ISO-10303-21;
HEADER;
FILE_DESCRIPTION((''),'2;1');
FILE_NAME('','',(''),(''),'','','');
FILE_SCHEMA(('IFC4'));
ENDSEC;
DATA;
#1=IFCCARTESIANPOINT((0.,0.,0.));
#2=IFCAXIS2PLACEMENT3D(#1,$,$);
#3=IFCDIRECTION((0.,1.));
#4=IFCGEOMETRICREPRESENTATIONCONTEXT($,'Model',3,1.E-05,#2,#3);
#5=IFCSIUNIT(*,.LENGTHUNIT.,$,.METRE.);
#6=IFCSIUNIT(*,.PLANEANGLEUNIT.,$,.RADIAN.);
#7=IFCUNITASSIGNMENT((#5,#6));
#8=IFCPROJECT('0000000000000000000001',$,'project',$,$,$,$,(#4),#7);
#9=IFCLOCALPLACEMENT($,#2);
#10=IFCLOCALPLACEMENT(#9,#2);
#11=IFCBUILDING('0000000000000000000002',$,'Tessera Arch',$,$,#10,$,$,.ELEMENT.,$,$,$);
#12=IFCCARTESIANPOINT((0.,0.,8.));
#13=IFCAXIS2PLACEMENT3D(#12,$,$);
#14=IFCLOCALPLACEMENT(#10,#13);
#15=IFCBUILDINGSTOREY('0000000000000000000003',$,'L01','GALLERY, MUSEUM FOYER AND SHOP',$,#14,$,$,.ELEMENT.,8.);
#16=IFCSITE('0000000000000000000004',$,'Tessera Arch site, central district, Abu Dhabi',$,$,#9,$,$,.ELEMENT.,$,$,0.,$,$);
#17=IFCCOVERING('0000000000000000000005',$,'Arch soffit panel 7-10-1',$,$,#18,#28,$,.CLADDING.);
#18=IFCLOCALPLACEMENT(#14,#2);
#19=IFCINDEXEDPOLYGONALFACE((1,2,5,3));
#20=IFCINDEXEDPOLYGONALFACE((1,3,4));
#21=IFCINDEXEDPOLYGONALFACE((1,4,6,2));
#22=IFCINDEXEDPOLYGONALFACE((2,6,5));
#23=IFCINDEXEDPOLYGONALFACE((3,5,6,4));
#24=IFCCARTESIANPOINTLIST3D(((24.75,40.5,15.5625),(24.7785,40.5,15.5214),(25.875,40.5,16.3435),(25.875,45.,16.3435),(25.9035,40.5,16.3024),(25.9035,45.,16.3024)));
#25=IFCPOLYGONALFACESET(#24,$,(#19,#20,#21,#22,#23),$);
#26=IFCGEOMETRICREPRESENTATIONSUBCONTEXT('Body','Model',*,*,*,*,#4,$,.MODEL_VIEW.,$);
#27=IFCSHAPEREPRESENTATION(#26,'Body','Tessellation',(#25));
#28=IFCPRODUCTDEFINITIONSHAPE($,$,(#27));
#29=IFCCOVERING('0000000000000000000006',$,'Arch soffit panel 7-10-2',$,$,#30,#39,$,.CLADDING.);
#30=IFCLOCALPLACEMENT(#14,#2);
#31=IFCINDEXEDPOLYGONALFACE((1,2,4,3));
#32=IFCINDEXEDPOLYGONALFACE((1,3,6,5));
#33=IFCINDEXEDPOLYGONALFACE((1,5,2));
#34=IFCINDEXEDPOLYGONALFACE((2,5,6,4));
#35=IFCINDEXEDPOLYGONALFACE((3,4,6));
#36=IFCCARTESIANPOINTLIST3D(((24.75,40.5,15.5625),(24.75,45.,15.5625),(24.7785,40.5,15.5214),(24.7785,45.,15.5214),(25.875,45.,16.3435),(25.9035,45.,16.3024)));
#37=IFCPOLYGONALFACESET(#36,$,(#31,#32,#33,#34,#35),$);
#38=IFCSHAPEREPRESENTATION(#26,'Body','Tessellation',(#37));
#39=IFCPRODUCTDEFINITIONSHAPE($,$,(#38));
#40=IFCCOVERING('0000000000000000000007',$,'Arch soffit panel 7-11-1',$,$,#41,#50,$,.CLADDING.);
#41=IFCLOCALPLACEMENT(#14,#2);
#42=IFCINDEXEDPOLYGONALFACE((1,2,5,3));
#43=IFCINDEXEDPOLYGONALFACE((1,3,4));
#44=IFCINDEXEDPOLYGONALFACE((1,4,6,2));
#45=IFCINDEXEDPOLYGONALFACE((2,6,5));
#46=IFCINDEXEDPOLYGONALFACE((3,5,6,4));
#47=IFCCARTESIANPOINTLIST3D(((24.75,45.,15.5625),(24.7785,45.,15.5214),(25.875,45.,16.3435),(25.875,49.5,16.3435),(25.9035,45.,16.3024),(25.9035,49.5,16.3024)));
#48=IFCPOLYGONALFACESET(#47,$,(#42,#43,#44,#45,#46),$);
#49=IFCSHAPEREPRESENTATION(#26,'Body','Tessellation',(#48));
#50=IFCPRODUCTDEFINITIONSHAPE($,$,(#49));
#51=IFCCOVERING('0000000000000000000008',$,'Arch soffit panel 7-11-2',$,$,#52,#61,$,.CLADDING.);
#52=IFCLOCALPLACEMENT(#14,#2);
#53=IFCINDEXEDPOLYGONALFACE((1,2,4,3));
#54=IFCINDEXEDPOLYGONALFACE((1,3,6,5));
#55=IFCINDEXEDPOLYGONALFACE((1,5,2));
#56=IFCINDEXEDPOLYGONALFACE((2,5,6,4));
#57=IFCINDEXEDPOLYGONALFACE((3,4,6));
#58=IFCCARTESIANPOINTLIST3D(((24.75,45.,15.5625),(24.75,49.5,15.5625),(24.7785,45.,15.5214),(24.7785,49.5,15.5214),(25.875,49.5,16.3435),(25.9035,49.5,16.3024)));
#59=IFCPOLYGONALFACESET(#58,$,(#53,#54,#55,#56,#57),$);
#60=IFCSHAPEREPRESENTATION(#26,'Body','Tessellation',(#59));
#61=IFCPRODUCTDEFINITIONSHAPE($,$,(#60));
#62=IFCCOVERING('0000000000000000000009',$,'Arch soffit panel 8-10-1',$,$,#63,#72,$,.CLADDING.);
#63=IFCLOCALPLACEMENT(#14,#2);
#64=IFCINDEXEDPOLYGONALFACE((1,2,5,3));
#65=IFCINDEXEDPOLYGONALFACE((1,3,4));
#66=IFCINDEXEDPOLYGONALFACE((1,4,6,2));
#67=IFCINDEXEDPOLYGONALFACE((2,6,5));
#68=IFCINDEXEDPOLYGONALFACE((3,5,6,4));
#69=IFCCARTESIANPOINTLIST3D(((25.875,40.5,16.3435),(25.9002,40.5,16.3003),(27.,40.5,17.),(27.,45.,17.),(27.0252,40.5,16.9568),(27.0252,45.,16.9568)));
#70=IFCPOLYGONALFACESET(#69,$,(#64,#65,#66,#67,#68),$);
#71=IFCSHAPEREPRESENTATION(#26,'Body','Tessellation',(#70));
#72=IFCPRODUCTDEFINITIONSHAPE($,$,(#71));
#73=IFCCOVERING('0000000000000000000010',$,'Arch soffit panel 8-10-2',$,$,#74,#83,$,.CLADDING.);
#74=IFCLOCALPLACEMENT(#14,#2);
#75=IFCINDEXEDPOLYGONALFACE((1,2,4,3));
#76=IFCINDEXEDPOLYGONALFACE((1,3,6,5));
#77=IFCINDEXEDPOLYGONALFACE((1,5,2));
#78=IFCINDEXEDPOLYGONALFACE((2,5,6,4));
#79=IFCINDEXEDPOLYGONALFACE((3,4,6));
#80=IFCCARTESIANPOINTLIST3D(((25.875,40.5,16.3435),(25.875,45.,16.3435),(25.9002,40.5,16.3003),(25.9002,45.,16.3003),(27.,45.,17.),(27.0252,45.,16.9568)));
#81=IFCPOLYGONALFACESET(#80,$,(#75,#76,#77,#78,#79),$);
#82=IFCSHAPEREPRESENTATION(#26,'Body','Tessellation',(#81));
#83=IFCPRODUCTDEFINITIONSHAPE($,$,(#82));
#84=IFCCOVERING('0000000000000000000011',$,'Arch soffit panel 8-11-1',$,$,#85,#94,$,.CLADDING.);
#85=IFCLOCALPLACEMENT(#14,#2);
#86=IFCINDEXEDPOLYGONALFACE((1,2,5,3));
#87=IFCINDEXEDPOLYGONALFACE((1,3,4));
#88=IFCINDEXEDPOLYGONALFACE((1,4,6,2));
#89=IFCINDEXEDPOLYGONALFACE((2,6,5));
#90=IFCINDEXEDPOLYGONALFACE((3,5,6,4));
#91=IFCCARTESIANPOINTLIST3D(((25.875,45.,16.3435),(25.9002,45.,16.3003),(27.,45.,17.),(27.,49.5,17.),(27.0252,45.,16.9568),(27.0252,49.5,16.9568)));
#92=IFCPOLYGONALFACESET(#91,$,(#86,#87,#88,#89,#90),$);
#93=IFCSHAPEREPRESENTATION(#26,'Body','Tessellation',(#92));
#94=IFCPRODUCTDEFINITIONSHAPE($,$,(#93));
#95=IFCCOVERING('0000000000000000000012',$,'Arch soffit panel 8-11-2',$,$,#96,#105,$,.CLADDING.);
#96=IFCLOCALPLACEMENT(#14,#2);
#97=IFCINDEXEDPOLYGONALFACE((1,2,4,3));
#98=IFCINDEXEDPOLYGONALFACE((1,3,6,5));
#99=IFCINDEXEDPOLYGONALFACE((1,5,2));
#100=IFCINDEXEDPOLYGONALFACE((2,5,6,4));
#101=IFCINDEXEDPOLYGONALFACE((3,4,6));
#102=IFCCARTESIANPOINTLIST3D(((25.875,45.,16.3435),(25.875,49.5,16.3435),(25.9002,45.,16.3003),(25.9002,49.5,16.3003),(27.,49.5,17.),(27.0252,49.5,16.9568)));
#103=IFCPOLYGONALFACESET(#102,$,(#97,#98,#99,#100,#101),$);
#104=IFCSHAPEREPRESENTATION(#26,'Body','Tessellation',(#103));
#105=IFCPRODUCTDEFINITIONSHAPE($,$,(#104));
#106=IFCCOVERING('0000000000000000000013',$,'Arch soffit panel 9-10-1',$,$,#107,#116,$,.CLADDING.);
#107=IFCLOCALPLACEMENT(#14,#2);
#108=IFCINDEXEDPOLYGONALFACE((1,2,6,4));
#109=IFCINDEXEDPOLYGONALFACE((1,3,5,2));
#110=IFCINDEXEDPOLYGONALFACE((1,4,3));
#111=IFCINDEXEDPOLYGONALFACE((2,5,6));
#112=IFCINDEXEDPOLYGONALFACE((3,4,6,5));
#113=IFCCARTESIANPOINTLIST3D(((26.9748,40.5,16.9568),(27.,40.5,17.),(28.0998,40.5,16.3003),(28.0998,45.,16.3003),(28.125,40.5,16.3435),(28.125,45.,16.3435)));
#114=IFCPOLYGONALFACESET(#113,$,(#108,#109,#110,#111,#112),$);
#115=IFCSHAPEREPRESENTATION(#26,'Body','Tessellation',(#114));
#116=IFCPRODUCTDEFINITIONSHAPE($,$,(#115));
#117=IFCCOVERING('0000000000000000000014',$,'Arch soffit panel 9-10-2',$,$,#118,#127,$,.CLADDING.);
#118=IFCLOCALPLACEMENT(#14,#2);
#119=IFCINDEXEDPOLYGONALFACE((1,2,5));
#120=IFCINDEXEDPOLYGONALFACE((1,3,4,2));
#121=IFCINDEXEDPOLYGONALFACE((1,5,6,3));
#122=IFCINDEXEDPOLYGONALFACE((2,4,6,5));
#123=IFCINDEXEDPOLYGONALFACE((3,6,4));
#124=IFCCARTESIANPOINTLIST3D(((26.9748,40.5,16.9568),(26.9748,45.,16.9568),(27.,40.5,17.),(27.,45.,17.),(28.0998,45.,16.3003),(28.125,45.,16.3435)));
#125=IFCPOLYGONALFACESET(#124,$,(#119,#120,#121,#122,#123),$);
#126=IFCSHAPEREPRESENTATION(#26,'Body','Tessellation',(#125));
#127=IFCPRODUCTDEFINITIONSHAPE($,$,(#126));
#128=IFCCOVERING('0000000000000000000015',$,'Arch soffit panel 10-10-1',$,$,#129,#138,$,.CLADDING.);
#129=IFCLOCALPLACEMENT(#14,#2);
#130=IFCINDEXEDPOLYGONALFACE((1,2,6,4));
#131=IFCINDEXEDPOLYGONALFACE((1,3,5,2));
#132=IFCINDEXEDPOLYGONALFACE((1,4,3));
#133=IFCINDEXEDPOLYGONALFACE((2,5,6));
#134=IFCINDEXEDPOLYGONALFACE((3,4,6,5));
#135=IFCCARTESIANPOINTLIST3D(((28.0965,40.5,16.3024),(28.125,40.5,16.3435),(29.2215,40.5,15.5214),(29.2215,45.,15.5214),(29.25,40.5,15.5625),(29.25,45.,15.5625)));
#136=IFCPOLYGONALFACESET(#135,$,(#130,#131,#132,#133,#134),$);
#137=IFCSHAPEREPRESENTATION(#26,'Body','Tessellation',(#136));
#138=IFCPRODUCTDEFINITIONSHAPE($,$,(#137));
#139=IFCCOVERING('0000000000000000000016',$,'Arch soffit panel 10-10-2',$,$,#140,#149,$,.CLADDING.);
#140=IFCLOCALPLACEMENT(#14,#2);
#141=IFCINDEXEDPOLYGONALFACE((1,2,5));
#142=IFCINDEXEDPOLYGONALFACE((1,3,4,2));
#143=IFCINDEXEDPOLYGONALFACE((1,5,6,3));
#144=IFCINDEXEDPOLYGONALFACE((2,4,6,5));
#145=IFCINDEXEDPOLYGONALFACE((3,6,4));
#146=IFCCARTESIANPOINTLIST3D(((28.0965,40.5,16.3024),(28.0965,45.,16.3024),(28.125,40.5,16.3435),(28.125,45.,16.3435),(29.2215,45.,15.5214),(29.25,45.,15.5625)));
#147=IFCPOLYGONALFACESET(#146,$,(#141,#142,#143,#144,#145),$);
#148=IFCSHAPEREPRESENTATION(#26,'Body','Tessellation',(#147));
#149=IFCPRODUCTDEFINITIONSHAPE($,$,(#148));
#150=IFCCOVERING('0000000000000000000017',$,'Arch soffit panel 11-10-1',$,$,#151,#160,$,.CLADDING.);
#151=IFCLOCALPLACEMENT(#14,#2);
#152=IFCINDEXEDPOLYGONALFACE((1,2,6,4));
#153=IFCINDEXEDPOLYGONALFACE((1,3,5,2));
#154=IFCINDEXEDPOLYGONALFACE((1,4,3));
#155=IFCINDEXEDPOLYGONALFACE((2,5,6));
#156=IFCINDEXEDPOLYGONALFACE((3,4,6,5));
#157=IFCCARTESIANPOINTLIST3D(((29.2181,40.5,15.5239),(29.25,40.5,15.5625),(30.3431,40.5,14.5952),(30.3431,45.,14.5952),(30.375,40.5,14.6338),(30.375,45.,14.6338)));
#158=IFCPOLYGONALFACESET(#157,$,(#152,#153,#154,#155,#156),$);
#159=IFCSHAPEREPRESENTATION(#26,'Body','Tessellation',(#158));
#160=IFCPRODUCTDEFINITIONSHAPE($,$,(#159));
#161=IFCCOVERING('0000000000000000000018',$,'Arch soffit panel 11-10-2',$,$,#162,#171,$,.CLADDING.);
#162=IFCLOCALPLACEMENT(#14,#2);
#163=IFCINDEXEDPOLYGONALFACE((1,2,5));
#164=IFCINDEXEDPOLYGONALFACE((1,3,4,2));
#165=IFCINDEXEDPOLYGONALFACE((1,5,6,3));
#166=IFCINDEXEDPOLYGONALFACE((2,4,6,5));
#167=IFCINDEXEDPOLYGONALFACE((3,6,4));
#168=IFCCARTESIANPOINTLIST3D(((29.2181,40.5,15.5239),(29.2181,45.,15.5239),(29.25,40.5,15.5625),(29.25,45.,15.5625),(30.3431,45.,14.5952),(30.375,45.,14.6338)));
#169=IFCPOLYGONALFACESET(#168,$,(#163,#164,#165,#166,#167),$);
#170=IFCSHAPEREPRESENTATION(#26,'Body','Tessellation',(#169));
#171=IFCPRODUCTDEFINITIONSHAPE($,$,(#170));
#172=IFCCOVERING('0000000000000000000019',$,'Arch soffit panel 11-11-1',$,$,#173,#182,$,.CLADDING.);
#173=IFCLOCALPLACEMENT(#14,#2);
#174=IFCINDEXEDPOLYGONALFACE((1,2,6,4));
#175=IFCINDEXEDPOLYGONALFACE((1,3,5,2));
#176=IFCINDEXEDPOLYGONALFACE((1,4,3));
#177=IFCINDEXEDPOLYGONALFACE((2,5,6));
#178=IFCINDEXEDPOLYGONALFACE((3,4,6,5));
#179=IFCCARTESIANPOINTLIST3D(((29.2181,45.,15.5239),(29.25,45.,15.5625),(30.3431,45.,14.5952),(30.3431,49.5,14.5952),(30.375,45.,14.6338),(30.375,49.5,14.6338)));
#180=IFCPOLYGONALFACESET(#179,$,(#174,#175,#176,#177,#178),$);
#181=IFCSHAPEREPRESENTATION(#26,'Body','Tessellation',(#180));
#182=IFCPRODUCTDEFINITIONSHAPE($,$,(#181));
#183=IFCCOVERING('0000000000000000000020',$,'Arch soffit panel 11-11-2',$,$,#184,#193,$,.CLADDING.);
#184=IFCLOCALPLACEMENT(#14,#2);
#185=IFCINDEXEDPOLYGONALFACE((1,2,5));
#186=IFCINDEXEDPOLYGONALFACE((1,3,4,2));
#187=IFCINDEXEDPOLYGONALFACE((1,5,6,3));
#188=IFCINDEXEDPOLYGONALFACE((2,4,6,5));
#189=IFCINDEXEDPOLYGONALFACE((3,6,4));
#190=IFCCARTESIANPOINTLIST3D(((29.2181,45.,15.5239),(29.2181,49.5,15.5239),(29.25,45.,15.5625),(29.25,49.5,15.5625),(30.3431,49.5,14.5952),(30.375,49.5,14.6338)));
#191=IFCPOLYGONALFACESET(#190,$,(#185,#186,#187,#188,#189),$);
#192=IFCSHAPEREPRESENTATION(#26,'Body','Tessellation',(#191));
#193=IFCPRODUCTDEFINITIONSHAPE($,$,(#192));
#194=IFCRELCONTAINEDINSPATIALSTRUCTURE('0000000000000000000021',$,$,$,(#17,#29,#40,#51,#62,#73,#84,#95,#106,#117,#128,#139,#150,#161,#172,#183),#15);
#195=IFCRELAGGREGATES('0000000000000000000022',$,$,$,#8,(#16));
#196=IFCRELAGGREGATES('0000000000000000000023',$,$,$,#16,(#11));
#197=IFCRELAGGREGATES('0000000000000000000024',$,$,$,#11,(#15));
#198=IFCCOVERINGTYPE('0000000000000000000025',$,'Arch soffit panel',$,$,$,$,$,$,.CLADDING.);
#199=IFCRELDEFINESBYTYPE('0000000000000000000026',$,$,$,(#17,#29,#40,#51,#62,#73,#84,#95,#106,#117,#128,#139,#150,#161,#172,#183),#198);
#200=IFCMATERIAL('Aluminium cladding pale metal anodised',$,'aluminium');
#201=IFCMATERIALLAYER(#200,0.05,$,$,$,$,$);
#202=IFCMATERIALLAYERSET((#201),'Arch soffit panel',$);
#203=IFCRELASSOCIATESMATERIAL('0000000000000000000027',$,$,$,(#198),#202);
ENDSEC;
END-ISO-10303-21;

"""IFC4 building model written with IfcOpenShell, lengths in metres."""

from ifc_helpers import new_model, si_unit, direction, frame, origin, place, context, subcontext, project, spatial, polyline, outline, extrude, material, layer, layer_set, type_object, element, save


model = new_model("IFC4")

# Units and contexts
model_context = context("Model", 3, precision=1e-05, world=origin(), true_north=direction((0.0, 1.0)))
body_context = subcontext(model_context, "Body", "Model", "MODEL_VIEW")
ifc_project = project(units=[si_unit("LENGTHUNIT", "METRE"), si_unit("PLANEANGLEUNIT", "RADIAN")], contexts=[model_context])

# Site, building, storey
site_placement = place(None, origin())
site = spatial("IfcSite", under=ifc_project, at=site_placement, Name="Tessera Arch site, central district, Abu Dhabi", CompositionType="ELEMENT", RefElevation=0.0)
building_placement = place(site_placement, origin())
building = spatial("IfcBuilding", under=site, at=building_placement, Name="Tessera Arch", CompositionType="ELEMENT")
storey_placement = place(building_placement, frame((0.0, 0.0, 8.0)))
storey = spatial("IfcBuildingStorey", under=building, at=storey_placement, Name="L01", Description="GALLERY, MUSEUM FOYER AND SHOP", CompositionType="ELEMENT", Elevation=8.0)

# Coverings
ifc_material = material(Name="Aluminium cladding pale metal anodised", Category="aluminium")
ifc_layer = layer(ifc_material, 0.05)
ifc_layer_set = layer_set([ifc_layer], Name="Arch soffit panel")
covering_type = type_object("IfcCoveringType", Name="Arch soffit panel", PredefinedType="CLADDING", material=ifc_layer_set)
covering_1_placement = place(storey_placement, frame((24.75, 40.5, 15.5625), z_axis=(-0.570276, 0.0, 0.821453), x_axis=(0.821453, 0.0, 0.570276)))
element("IfcCovering", 1, at=covering_1_placement, inside=storey, type_object=covering_type, Name="Arch soffit panel 7-10-1", PredefinedType="CLADDING", context=body_context, shape_type="SweptSolid", body=[
    extrude(outline(polyline([(0.0, 0.0), (1.3695, 0.0), (1.3695, 4.5), (0.0, 0.0)])), origin(), (0.0, 0.0, -1.0), 0.05),
])
covering_2_placement = place(storey_placement, frame((24.75, 40.5, 15.5625), z_axis=(-0.570276, 0.0, 0.821453), x_axis=(0.239169, 0.956676, 0.166038)))
element("IfcCovering", 2, at=covering_2_placement, inside=storey, type_object=covering_type, Name="Arch soffit panel 7-10-2", PredefinedType="CLADDING", context=body_context, shape_type="SweptSolid", body=[
    extrude(outline(polyline([(0.0, 0.0), (4.7038, 0.0), (4.305, 1.3102), (0.0, 0.0)])), origin(), (0.0, 0.0, -1.0), 0.05),
])
covering_3_placement = place(storey_placement, frame((24.75, 45.0, 15.5625), z_axis=(-0.570276, 0.0, 0.821453), x_axis=(0.821453, 0.0, 0.570276)))
element("IfcCovering", 3, at=covering_3_placement, inside=storey, type_object=covering_type, Name="Arch soffit panel 7-11-1", PredefinedType="CLADDING", context=body_context, shape_type="SweptSolid", body=[
    extrude(outline(polyline([(0.0, 0.0), (1.3695, 0.0), (1.3695, 4.5), (0.0, 0.0)])), origin(), (0.0, 0.0, -1.0), 0.05),
])
covering_4_placement = place(storey_placement, frame((24.75, 45.0, 15.5625), z_axis=(-0.570276, 0.0, 0.821453), x_axis=(0.239169, 0.956676, 0.166038)))
element("IfcCovering", 4, at=covering_4_placement, inside=storey, type_object=covering_type, Name="Arch soffit panel 7-11-2", PredefinedType="CLADDING", context=body_context, shape_type="SweptSolid", body=[
    extrude(outline(polyline([(0.0, 0.0), (4.7038, 0.0), (4.305, 1.3102), (0.0, 0.0)])), origin(), (0.0, 0.0, -1.0), 0.05),
])
covering_5_placement = place(storey_placement, frame((25.875, 40.5, 16.3435), z_axis=(-0.504011, 0.0, 0.863697), x_axis=(0.863697, 0.0, 0.504011)))
element("IfcCovering", 5, at=covering_5_placement, inside=storey, type_object=covering_type, Name="Arch soffit panel 8-10-1", PredefinedType="CLADDING", context=body_context, shape_type="SweptSolid", body=[
    extrude(outline(polyline([(0.0, 0.0), (1.3025, 0.0), (1.3025, 4.5), (0.0, 0.0)])), origin(), (0.0, 0.0, -1.0), 0.05),
])
covering_6_placement = place(storey_placement, frame((25.875, 40.5, 16.3435), z_axis=(-0.504011, 0.0, 0.863697), x_axis=(0.240142, 0.96057, 0.140135)))
element("IfcCovering", 6, at=covering_6_placement, inside=storey, type_object=covering_type, Name="Arch soffit panel 8-10-2", PredefinedType="CLADDING", context=body_context, shape_type="SweptSolid", body=[
    extrude(outline(polyline([(0.0, 0.0), (4.6847, 0.0), (4.3226, 1.2512), (0.0, 0.0)])), origin(), (0.0, 0.0, -1.0), 0.05),
])
covering_7_placement = place(storey_placement, frame((25.875, 45.0, 16.3435), z_axis=(-0.504011, 0.0, 0.863697), x_axis=(0.863697, 0.0, 0.504011)))
element("IfcCovering", 7, at=covering_7_placement, inside=storey, type_object=covering_type, Name="Arch soffit panel 8-11-1", PredefinedType="CLADDING", context=body_context, shape_type="SweptSolid", body=[
    extrude(outline(polyline([(0.0, 0.0), (1.3025, 0.0), (1.3025, 4.5), (0.0, 0.0)])), origin(), (0.0, 0.0, -1.0), 0.05),
])
covering_8_placement = place(storey_placement, frame((25.875, 45.0, 16.3435), z_axis=(-0.504011, 0.0, 0.863697), x_axis=(0.240142, 0.96057, 0.140135)))
element("IfcCovering", 8, at=covering_8_placement, inside=storey, type_object=covering_type, Name="Arch soffit panel 8-11-2", PredefinedType="CLADDING", context=body_context, shape_type="SweptSolid", body=[
    extrude(outline(polyline([(0.0, 0.0), (4.6847, 0.0), (4.3226, 1.2512), (0.0, 0.0)])), origin(), (0.0, 0.0, -1.0), 0.05),
])
covering_9_placement = place(storey_placement, frame((27.0, 40.5, 17.0), z_axis=(0.504011, 0.0, 0.863697), x_axis=(0.863697, 0.0, -0.504011)))
element("IfcCovering", 9, at=covering_9_placement, inside=storey, type_object=covering_type, Name="Arch soffit panel 9-10-1", PredefinedType="CLADDING", context=body_context, shape_type="SweptSolid", body=[
    extrude(outline(polyline([(0.0, 0.0), (1.3025, 0.0), (1.3025, 4.5), (0.0, 0.0)])), origin(), (0.0, 0.0, -1.0), 0.05),
])
covering_10_placement = place(storey_placement, frame((27.0, 40.5, 17.0), z_axis=(0.504011, 0.0, 0.863697), x_axis=(0.240142, 0.96057, -0.140135)))
element("IfcCovering", 10, at=covering_10_placement, inside=storey, type_object=covering_type, Name="Arch soffit panel 9-10-2", PredefinedType="CLADDING", context=body_context, shape_type="SweptSolid", body=[
    extrude(outline(polyline([(0.0, 0.0), (4.6847, 0.0), (4.3226, 1.2512), (0.0, 0.0)])), origin(), (0.0, 0.0, -1.0), 0.05),
])
covering_11_placement = place(storey_placement, frame((28.125, 40.5, 16.3435), z_axis=(0.570276, 0.0, 0.821453), x_axis=(0.821453, 0.0, -0.570276)))
element("IfcCovering", 11, at=covering_11_placement, inside=storey, type_object=covering_type, Name="Arch soffit panel 10-10-1", PredefinedType="CLADDING", context=body_context, shape_type="SweptSolid", body=[
    extrude(outline(polyline([(0.0, 0.0), (1.3695, 0.0), (1.3695, 4.5), (0.0, 0.0)])), origin(), (0.0, 0.0, -1.0), 0.05),
])
covering_12_placement = place(storey_placement, frame((28.125, 40.5, 16.3435), z_axis=(0.570276, 0.0, 0.821453), x_axis=(0.239169, 0.956676, -0.166038)))
element("IfcCovering", 12, at=covering_12_placement, inside=storey, type_object=covering_type, Name="Arch soffit panel 10-10-2", PredefinedType="CLADDING", context=body_context, shape_type="SweptSolid", body=[
    extrude(outline(polyline([(0.0, 0.0), (4.7038, 0.0), (4.305, 1.3102), (0.0, 0.0)])), origin(), (0.0, 0.0, -1.0), 0.05),
])
covering_13_placement = place(storey_placement, frame((29.25, 40.5, 15.5625), z_axis=(0.636622, 0.0, 0.771176), x_axis=(0.771176, 0.0, -0.636622)))
element("IfcCovering", 13, at=covering_13_placement, inside=storey, type_object=covering_type, Name="Arch soffit panel 11-10-1", PredefinedType="CLADDING", context=body_context, shape_type="SweptSolid", body=[
    extrude(outline(polyline([(0.0, 0.0), (1.4588, 0.0), (1.4588, 4.5), (0.0, 0.0)])), origin(), (0.0, 0.0, -1.0), 0.05),
])
covering_14_placement = place(storey_placement, frame((29.25, 40.5, 15.5625), z_axis=(0.636622, 0.0, 0.771176), x_axis=(0.237816, 0.951263, -0.196322)))
element("IfcCovering", 14, at=covering_14_placement, inside=storey, type_object=covering_type, Name="Arch soffit panel 11-10-2", PredefinedType="CLADDING", context=body_context, shape_type="SweptSolid", body=[
    extrude(outline(polyline([(0.0, 0.0), (4.7306, 0.0), (4.2807, 1.3877), (0.0, 0.0)])), origin(), (0.0, 0.0, -1.0), 0.05),
])
covering_15_placement = place(storey_placement, frame((29.25, 45.0, 15.5625), z_axis=(0.636622, 0.0, 0.771176), x_axis=(0.771176, 0.0, -0.636622)))
element("IfcCovering", 15, at=covering_15_placement, inside=storey, type_object=covering_type, Name="Arch soffit panel 11-11-1", PredefinedType="CLADDING", context=body_context, shape_type="SweptSolid", body=[
    extrude(outline(polyline([(0.0, 0.0), (1.4588, 0.0), (1.4588, 4.5), (0.0, 0.0)])), origin(), (0.0, 0.0, -1.0), 0.05),
])
covering_16_placement = place(storey_placement, frame((29.25, 45.0, 15.5625), z_axis=(0.636622, 0.0, 0.771176), x_axis=(0.237816, 0.951263, -0.196322)))
element("IfcCovering", 16, at=covering_16_placement, inside=storey, type_object=covering_type, Name="Arch soffit panel 11-11-2", PredefinedType="CLADDING", context=body_context, shape_type="SweptSolid", body=[
    extrude(outline(polyline([(0.0, 0.0), (4.7306, 0.0), (4.2807, 1.3877), (0.0, 0.0)])), origin(), (0.0, 0.0, -1.0), 0.05),
])

save(model, "model.ifc")
